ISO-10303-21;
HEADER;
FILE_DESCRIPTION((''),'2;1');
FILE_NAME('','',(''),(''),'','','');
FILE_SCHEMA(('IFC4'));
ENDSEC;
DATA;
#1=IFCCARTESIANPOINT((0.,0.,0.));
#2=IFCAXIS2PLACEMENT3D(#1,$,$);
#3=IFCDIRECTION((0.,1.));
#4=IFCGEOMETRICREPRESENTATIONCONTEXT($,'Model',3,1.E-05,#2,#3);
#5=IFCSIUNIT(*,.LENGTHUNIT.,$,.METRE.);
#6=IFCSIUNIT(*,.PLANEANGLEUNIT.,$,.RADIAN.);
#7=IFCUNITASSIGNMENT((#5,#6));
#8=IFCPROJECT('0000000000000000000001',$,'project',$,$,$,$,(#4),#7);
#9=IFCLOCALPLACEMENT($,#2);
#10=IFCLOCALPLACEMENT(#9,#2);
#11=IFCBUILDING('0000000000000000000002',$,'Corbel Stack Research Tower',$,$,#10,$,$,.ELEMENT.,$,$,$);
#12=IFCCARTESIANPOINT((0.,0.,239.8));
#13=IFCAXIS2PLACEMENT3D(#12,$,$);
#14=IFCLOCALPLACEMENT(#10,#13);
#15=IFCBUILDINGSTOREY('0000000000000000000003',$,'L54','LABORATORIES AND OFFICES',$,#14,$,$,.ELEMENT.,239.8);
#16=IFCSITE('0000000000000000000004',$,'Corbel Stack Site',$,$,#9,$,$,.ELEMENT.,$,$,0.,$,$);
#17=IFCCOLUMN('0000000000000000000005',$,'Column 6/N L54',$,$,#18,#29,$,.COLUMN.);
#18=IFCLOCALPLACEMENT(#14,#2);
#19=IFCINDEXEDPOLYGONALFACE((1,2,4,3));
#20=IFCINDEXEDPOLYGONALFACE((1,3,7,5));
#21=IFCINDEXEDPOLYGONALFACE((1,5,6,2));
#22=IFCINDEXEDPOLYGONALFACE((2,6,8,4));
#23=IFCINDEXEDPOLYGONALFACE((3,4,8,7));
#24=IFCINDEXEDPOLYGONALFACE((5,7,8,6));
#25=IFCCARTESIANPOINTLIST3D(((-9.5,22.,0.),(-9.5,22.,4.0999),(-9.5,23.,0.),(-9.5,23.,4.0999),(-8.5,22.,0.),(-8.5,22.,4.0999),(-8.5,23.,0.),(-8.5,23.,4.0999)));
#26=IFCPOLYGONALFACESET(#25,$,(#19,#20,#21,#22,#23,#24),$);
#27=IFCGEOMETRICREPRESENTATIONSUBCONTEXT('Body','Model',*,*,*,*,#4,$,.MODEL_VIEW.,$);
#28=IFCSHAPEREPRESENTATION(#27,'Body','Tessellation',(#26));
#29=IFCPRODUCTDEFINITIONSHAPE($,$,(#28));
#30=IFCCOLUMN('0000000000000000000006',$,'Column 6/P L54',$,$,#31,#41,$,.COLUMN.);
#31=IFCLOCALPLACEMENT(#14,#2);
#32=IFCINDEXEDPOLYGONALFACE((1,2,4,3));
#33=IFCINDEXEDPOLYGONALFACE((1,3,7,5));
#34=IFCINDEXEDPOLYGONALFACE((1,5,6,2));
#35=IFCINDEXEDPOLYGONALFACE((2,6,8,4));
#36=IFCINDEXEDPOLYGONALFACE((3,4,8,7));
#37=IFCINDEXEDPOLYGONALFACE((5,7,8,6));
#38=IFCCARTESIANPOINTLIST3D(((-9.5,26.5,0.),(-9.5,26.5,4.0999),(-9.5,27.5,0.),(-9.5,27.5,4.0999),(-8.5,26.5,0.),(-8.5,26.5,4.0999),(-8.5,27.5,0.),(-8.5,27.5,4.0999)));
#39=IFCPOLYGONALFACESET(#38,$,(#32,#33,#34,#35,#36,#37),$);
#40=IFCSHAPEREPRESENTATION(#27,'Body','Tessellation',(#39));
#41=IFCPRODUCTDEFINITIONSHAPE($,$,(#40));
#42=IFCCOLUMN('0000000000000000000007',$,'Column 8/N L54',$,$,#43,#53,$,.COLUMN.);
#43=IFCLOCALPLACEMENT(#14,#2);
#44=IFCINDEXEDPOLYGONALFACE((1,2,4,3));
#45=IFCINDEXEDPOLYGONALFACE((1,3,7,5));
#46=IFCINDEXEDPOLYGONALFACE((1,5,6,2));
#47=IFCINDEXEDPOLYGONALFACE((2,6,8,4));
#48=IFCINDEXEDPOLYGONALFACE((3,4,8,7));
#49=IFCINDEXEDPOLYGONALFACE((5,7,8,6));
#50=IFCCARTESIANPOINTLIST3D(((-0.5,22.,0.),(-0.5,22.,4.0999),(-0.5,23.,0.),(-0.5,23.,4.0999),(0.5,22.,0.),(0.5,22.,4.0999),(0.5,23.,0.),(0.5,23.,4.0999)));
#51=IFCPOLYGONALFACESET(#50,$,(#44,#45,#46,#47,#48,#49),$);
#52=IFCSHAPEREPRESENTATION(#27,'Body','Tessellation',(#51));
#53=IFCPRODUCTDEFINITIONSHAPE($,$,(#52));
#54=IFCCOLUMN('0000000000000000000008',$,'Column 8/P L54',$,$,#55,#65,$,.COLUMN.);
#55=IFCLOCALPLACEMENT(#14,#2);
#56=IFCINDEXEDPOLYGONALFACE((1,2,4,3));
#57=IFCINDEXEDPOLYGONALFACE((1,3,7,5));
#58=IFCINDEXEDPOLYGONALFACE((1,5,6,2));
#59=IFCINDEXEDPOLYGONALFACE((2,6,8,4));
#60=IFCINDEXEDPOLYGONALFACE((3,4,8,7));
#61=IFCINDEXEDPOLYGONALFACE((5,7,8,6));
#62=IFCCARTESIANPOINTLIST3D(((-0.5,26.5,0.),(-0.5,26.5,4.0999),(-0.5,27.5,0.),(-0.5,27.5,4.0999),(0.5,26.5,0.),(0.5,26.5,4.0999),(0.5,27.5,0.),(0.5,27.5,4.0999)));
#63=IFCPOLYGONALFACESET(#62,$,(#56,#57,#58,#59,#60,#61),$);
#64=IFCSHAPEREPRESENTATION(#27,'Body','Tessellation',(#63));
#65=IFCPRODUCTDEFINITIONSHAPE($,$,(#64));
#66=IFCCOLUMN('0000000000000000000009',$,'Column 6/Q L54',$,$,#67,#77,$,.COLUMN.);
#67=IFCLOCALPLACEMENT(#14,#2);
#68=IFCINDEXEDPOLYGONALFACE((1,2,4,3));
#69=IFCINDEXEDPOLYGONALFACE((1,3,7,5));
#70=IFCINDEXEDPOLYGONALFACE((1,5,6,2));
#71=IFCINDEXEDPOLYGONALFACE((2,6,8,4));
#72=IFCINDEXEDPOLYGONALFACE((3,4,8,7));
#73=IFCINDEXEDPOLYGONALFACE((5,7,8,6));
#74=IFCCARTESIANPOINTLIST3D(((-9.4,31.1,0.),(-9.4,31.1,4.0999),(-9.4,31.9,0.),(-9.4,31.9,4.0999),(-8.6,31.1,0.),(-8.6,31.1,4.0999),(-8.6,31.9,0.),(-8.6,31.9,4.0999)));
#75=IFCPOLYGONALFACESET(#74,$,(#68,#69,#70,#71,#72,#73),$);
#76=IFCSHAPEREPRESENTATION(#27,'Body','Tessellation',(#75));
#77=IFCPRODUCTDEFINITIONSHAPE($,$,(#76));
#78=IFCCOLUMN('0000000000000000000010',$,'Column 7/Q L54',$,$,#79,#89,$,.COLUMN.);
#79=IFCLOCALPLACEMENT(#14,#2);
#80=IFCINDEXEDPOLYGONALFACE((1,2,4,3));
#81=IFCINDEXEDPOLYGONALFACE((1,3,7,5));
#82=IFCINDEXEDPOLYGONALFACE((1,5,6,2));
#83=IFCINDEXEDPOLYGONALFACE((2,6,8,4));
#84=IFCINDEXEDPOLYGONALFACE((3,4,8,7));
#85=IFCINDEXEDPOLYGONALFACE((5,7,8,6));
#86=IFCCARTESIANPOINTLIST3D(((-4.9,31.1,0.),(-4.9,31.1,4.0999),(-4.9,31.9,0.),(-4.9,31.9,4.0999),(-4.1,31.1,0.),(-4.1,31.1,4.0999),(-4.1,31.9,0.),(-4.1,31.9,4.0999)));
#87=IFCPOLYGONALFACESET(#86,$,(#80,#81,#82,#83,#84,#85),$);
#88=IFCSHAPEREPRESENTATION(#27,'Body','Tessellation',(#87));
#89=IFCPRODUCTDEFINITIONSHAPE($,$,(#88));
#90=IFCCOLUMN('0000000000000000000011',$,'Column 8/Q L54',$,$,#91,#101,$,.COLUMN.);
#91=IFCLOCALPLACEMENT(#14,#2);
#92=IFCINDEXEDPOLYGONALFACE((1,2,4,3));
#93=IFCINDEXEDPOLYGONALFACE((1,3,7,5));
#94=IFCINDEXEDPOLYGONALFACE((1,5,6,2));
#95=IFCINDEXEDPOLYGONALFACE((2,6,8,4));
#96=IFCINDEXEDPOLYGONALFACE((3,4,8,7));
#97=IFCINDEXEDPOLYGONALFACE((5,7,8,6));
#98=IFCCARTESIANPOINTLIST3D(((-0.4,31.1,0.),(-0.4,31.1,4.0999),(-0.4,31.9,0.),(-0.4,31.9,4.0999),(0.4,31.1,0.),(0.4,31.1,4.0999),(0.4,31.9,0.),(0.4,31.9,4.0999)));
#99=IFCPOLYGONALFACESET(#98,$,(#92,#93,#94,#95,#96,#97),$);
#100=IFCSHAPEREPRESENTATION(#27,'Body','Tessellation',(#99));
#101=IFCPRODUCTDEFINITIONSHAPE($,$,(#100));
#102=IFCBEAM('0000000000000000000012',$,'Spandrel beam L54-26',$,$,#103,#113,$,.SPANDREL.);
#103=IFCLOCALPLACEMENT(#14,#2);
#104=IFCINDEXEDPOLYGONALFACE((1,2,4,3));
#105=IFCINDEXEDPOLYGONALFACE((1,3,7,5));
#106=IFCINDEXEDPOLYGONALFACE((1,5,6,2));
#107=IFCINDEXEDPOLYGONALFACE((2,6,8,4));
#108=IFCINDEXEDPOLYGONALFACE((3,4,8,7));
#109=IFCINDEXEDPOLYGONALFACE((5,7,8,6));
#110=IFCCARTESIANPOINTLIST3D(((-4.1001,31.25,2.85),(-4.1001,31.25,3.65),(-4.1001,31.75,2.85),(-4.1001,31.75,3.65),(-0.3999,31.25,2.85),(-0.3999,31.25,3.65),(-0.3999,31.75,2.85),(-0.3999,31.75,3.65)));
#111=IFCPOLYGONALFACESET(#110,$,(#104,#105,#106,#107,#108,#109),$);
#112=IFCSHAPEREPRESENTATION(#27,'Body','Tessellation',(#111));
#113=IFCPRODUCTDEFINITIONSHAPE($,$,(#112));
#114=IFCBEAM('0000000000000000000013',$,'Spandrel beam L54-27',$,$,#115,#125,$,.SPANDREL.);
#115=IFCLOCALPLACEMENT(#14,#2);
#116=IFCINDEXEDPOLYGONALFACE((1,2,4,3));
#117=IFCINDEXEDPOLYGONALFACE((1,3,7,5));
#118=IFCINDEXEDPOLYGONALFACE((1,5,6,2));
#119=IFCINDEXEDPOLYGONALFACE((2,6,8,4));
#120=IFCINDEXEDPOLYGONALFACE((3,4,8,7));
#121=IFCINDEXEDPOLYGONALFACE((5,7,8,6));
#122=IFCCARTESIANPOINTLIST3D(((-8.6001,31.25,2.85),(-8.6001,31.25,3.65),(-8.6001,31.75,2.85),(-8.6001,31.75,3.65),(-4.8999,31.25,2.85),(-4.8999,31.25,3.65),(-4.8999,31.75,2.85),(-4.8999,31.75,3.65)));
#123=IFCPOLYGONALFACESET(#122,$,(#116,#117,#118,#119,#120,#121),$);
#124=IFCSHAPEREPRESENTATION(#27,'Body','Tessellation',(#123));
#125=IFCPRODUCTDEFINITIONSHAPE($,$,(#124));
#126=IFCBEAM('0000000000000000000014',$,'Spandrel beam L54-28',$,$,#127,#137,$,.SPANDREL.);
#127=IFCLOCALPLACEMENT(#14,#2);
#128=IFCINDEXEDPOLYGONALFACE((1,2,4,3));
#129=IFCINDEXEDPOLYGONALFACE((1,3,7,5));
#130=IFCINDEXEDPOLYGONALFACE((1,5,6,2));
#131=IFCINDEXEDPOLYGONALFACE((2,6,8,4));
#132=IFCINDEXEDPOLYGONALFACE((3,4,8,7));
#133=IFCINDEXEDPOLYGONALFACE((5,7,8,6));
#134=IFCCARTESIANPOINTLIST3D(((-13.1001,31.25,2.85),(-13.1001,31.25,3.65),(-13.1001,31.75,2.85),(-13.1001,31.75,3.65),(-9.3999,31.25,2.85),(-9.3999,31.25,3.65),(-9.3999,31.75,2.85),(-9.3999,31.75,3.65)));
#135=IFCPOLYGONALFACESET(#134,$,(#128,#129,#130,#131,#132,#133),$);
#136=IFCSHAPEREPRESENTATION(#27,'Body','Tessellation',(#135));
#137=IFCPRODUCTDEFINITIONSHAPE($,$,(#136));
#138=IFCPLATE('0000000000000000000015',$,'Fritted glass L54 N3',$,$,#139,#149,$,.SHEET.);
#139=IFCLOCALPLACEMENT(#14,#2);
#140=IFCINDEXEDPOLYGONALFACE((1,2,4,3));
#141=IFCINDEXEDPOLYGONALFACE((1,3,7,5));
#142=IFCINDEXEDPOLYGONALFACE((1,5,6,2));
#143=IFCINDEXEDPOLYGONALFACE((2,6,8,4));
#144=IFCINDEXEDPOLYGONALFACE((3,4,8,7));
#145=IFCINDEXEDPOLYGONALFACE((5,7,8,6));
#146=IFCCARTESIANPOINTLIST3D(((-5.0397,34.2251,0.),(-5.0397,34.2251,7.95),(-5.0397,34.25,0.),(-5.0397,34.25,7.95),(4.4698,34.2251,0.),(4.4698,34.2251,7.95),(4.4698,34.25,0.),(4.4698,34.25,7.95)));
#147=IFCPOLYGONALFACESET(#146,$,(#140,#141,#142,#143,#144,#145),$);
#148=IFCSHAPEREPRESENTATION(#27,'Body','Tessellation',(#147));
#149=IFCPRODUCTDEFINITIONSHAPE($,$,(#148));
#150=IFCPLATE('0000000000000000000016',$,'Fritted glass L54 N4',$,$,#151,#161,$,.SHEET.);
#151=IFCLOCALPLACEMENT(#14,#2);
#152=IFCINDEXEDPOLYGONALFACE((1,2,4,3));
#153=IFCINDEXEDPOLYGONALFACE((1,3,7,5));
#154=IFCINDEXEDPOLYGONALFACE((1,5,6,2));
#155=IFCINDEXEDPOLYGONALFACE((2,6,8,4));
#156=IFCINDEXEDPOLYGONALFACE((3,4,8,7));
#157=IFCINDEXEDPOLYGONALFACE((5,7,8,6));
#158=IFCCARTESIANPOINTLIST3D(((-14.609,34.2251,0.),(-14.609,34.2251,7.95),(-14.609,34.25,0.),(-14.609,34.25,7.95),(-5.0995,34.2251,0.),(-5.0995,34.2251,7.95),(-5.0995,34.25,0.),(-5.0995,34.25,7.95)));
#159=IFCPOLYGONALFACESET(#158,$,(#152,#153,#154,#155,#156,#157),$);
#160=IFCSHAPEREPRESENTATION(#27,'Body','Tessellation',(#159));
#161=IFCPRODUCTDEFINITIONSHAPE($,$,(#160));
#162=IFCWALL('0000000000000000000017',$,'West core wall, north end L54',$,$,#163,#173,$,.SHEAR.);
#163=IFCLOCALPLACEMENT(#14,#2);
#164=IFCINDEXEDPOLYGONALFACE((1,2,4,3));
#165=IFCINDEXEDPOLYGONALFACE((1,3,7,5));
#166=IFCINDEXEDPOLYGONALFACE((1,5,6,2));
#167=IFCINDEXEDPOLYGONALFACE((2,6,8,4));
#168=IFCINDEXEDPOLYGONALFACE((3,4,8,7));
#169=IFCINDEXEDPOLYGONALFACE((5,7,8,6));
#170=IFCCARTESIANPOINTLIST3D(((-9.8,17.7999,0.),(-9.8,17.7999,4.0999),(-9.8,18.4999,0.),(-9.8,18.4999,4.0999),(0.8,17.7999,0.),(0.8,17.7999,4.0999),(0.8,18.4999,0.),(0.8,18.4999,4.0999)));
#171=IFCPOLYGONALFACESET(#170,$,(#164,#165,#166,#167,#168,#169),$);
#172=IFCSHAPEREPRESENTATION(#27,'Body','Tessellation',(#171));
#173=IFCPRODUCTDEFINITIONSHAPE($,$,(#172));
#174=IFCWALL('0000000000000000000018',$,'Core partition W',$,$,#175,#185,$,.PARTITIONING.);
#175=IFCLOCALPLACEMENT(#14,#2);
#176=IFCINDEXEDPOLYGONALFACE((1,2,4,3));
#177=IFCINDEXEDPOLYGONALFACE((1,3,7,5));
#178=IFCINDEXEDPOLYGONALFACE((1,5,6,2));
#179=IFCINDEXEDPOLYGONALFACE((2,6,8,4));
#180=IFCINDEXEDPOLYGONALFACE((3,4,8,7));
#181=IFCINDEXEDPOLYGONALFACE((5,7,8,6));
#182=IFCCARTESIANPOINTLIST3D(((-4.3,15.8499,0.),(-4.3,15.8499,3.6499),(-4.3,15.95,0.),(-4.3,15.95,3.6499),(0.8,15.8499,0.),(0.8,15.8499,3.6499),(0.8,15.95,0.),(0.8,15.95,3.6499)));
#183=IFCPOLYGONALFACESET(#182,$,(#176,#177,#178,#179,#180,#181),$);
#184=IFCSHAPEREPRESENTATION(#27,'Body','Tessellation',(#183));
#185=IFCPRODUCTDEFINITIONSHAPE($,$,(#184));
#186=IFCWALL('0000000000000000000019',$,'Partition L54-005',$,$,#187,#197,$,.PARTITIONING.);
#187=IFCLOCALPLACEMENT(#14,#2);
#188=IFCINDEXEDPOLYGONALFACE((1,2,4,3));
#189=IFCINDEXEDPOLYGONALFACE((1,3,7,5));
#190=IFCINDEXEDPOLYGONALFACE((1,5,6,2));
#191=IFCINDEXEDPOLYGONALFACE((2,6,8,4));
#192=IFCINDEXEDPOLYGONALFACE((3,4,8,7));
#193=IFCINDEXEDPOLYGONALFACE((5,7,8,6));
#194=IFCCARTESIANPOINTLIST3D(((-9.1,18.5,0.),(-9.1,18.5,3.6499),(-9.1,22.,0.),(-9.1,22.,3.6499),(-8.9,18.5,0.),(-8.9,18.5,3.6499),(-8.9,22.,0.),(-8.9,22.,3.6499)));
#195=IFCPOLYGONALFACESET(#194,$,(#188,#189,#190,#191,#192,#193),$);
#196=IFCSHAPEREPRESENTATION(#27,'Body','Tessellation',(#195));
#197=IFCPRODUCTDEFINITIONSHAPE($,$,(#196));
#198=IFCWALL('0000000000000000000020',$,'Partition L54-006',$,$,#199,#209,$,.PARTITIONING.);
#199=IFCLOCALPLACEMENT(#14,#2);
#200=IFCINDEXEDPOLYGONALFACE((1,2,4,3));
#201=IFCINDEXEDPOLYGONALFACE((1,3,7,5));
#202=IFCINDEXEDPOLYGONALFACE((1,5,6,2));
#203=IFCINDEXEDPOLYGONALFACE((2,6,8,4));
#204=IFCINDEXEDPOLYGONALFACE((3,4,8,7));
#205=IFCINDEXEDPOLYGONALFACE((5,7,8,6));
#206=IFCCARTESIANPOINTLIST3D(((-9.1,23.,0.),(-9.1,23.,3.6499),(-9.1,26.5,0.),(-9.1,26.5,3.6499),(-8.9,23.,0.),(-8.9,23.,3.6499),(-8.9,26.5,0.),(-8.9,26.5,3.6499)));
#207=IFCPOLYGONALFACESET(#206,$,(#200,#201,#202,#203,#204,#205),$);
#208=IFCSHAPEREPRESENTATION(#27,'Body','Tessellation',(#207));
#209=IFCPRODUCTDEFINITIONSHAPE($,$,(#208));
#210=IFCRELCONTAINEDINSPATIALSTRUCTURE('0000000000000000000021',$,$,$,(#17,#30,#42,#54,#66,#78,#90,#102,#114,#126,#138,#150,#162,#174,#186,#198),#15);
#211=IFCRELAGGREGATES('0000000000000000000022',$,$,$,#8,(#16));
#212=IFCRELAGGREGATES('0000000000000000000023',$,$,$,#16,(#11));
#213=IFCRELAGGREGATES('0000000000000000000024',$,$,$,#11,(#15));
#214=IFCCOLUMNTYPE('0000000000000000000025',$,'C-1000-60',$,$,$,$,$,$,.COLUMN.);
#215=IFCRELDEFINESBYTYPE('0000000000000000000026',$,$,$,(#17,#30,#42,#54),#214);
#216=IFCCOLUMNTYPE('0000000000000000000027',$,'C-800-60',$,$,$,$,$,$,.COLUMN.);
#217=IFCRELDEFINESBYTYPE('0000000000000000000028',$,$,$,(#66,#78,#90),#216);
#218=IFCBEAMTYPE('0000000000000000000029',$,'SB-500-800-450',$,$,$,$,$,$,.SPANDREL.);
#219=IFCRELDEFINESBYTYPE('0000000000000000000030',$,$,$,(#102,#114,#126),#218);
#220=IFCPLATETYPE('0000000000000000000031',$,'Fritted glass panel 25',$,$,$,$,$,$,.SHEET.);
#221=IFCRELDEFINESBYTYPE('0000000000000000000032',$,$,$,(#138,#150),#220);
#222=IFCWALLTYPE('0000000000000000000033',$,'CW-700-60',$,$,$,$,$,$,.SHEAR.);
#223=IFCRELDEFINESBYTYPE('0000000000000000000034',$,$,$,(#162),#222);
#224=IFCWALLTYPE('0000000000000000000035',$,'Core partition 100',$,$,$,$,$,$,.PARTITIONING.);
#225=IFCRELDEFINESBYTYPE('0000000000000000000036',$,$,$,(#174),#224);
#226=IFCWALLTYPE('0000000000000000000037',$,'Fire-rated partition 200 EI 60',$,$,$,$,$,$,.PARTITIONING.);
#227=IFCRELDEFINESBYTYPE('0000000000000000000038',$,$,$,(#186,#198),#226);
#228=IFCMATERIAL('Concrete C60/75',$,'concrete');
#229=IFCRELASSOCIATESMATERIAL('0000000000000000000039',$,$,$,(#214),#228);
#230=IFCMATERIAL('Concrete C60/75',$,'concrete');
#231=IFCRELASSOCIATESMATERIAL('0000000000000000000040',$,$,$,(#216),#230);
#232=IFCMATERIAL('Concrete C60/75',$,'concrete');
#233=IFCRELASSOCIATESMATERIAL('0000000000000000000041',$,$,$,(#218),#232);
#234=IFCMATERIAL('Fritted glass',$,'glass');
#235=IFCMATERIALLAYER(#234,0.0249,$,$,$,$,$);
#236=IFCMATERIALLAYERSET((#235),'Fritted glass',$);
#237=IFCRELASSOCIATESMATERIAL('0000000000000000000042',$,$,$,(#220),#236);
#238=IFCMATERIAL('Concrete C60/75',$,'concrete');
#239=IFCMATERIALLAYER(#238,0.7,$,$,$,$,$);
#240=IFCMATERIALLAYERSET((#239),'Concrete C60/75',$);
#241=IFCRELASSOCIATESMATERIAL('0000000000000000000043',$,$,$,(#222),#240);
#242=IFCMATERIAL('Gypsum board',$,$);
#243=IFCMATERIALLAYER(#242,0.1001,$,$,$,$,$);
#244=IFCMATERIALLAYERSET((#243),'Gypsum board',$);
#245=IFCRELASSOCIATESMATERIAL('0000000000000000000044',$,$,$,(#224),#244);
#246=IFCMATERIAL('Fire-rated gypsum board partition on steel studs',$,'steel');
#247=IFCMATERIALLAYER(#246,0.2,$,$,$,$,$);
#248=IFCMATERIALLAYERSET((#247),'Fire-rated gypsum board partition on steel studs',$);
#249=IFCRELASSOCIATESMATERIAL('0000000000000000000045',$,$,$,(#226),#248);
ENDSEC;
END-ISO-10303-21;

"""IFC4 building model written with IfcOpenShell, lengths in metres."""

from ifc_helpers import new_model, si_unit, direction, frame, frame_2d, origin, origin_2d, place, context, subcontext, project, spatial, rectangle, extrude, material, layer, layer_set, material_profile, profile_set, type_object, element, save


model = new_model("IFC4")

# Units and contexts
model_context = context("Model", 3, precision=1e-05, world=origin(), true_north=direction((0.0, 1.0)))
body_context = subcontext(model_context, "Body", "Model", "MODEL_VIEW")
ifc_project = project(units=[si_unit("LENGTHUNIT", "METRE"), si_unit("PLANEANGLEUNIT", "RADIAN")], contexts=[model_context])

# Site, building, storey
site_placement = place(None, origin())
site = spatial("IfcSite", under=ifc_project, at=site_placement, Name="Corbel Stack Site", CompositionType="ELEMENT", RefElevation=0.0)
building_placement = place(site_placement, origin())
building = spatial("IfcBuilding", under=site, at=building_placement, Name="Corbel Stack Research Tower", CompositionType="ELEMENT")
storey_placement = place(building_placement, frame((0.0, 0.0, 239.8)))
storey = spatial("IfcBuildingStorey", under=building, at=storey_placement, Name="L54", Description="LABORATORIES AND OFFICES", CompositionType="ELEMENT", Elevation=239.8)

# Columns
ifc_material_1 = material(Name="Concrete C60/75", Category="concrete")
ifc_material_profile_1 = material_profile(ifc_material_1, rectangle(XDim=1.0, YDim=1.0, at=origin_2d()), Name="RC 1000 x 1000")
ifc_profile_set_1 = profile_set([ifc_material_profile_1], Name="Concrete C60/75")
column_type_1 = type_object("IfcColumnType", Name="C-1000-60", PredefinedType="COLUMN", material=ifc_profile_set_1)
for number, where, z_axis, x_axis, name in (
    (1, (-9.0, 22.5, 0.0), (0.0, 0.0, 1.0), (1.0, 0.0, 0.0), "Column 6/N L54"),
    (2, (-9.0, 27.0, 0.0), (0.0, 0.0, 1.0), (1.0, 0.0, 0.0), "Column 6/P L54"),
    (3, (0.0, 22.5, 0.0), (0.0, 0.0, 1.0), (1.0, 0.0, 0.0), "Column 8/N L54"),
    (4, (0.0, 27.0, 0.0), (0.0, 0.0, 1.0), (1.0, 0.0, 0.0), "Column 8/P L54"),
):
    element("IfcColumn", number, at=place(storey_placement, frame(where, z_axis=z_axis, x_axis=x_axis)), inside=storey, type_object=column_type_1, Name=name, PredefinedType="COLUMN", context=body_context, shape_type="SweptSolid", body=[
        extrude(rectangle(XDim=1.0, YDim=1.0, at=origin_2d()), origin(), (0.0, 0.0, 1.0), 4.0999),
    ])
ifc_material_2 = material(Name="Concrete C60/75", Category="concrete")
ifc_material_profile_2 = material_profile(ifc_material_2, rectangle(XDim=0.8, YDim=0.8, at=origin_2d()), Name="RC 800 x 800")
ifc_profile_set_2 = profile_set([ifc_material_profile_2], Name="Concrete C60/75")
column_type_2 = type_object("IfcColumnType", Name="C-800-60", PredefinedType="COLUMN", material=ifc_profile_set_2)
for number, where, z_axis, x_axis, name in (
    (5, (-9.0, 31.5, 0.0), (0.0, 0.0, 1.0), (1.0, 0.0, 0.0), "Column 6/Q L54"),
    (6, (-4.5, 31.5, 0.0), (0.0, 0.0, 1.0), (1.0, 0.0, 0.0), "Column 7/Q L54"),
    (7, (0.0, 31.5, 0.0), (0.0, 0.0, 1.0), (1.0, 0.0, 0.0), "Column 8/Q L54"),
):
    element("IfcColumn", number, at=place(storey_placement, frame(where, z_axis=z_axis, x_axis=x_axis)), inside=storey, type_object=column_type_2, Name=name, PredefinedType="COLUMN", context=body_context, shape_type="SweptSolid", body=[
        extrude(rectangle(XDim=0.8, YDim=0.8, at=origin_2d()), origin(), (0.0, 0.0, 1.0), 4.0999),
    ])

# Beams
ifc_material_3 = material(Name="Concrete C60/75", Category="concrete")
ifc_material_profile_3 = material_profile(ifc_material_3, rectangle(XDim=0.5, YDim=0.8, at=origin_2d()), Name="RC 500 x 800")
ifc_profile_set_3 = profile_set([ifc_material_profile_3], Name="Concrete C60/75")
beam_type = type_object("IfcBeamType", Name="SB-500-800-450", PredefinedType="SPANDREL", material=ifc_profile_set_3)
for number, where, z_axis, x_axis, name in (
    (8, (-0.3999, 31.5, 3.25), (-1.0, 0.0, 0.0), (0.0, -1.0, 0.0), "Spandrel beam L54-26"),
    (9, (-4.8999, 31.5, 3.25), (-1.0, 0.0, 0.0), (0.0, -1.0, 0.0), "Spandrel beam L54-27"),
    (10, (-9.3999, 31.5, 3.25), (-1.0, 0.0, 0.0), (0.0, -1.0, 0.0), "Spandrel beam L54-28"),
):
    element("IfcBeam", number, at=place(storey_placement, frame(where, z_axis=z_axis, x_axis=x_axis)), inside=storey, type_object=beam_type, Name=name, PredefinedType="SPANDREL", context=body_context, shape_type="SweptSolid", body=[
        extrude(rectangle(XDim=0.5, YDim=0.8, at=origin_2d()), origin(), (0.0, 0.0, 1.0), 3.7002),
    ])

# Plates
ifc_material_4 = material(Name="Fritted glass", Category="glass")
ifc_layer_1 = layer(ifc_material_4, 0.0249)
ifc_layer_set_1 = layer_set([ifc_layer_1], Name="Fritted glass")
plate_type = type_object("IfcPlateType", Name="Fritted glass panel 25", PredefinedType="SHEET", material=ifc_layer_set_1)
for number, where, z_axis, x_axis, name in (
    (11, (-0.2849, 34.2375, 0.0), (0.0, 0.0, 1.0), (-1.0, 0.0, 0.0), "Fritted glass L54 N3"),
    (12, (-9.8542, 34.2375, 0.0), (0.0, 0.0, 1.0), (-1.0, 0.0, 0.0), "Fritted glass L54 N4"),
):
    element("IfcPlate", number, at=place(storey_placement, frame(where, z_axis=z_axis, x_axis=x_axis)), inside=storey, type_object=plate_type, Name=name, PredefinedType="SHEET", context=body_context, shape_type="SweptSolid", body=[
        extrude(rectangle(XDim=9.5095, YDim=0.0249, at=origin_2d()), origin(), (0.0, 0.0, 1.0), 7.95),
    ])

# Walls
ifc_material_5 = material(Name="Concrete C60/75", Category="concrete")
ifc_layer_2 = layer(ifc_material_5, 0.7)
ifc_layer_set_2 = layer_set([ifc_layer_2], Name="Concrete C60/75")
wall_type_1 = type_object("IfcWallType", Name="CW-700-60", PredefinedType="SHEAR", material=ifc_layer_set_2)
wall_1_placement = place(storey_placement, frame((-9.8, 18.1499, 0.0), z_axis=(0.0, 0.0, 1.0), x_axis=(1.0, 0.0, 0.0)))
element("IfcWall", 13, at=wall_1_placement, inside=storey, type_object=wall_type_1, Name="West core wall, north end L54", PredefinedType="SHEAR", context=body_context, shape_type="SweptSolid", body=[
    extrude(rectangle(XDim=10.6001, YDim=0.7, at=frame_2d((5.3, 0.0))), origin(), (0.0, 0.0, 1.0), 4.0999),
])
ifc_material_6 = material(Name="Gypsum board")
ifc_layer_3 = layer(ifc_material_6, 0.1001)
ifc_layer_set_3 = layer_set([ifc_layer_3], Name="Gypsum board")
wall_type_2 = type_object("IfcWallType", Name="Core partition 100", PredefinedType="PARTITIONING", material=ifc_layer_set_3)
wall_2_placement = place(storey_placement, frame((-4.3, 15.8999, 0.0), z_axis=(0.0, 0.0, 1.0), x_axis=(1.0, 0.0, 0.0)))
element("IfcWall", 14, at=wall_2_placement, inside=storey, type_object=wall_type_2, Name="Core partition W", PredefinedType="PARTITIONING", context=body_context, shape_type="SweptSolid", body=[
    extrude(rectangle(XDim=5.1001, YDim=0.1001, at=frame_2d((2.55, 0.0))), origin(), (0.0, 0.0, 1.0), 3.6499),
])
ifc_material_7 = material(Name="Fire-rated gypsum board partition on steel studs", Category="steel")
ifc_layer_4 = layer(ifc_material_7, 0.2)
ifc_layer_set_4 = layer_set([ifc_layer_4], Name="Fire-rated gypsum board partition on steel studs")
wall_type_3 = type_object("IfcWallType", Name="Fire-rated partition 200 EI 60", PredefinedType="PARTITIONING", material=ifc_layer_set_4)
for number, where, z_axis, x_axis, name in (
    (15, (-9.0, 18.5, 0.0), (0.0, 0.0, 1.0), (0.0, 1.0, 0.0), "Partition L54-005"),
    (16, (-9.0, 23.0, 0.0), (0.0, 0.0, 1.0), (0.0, 1.0, 0.0), "Partition L54-006"),
):
    element("IfcWall", number, at=place(storey_placement, frame(where, z_axis=z_axis, x_axis=x_axis)), inside=storey, type_object=wall_type_3, Name=name, PredefinedType="PARTITIONING", context=body_context, shape_type="SweptSolid", body=[
        extrude(rectangle(XDim=3.5, YDim=0.2, at=frame_2d((1.75, 0.0))), origin(), (0.0, 0.0, 1.0), 3.6499),
    ])

save(model, "model.ifc")
